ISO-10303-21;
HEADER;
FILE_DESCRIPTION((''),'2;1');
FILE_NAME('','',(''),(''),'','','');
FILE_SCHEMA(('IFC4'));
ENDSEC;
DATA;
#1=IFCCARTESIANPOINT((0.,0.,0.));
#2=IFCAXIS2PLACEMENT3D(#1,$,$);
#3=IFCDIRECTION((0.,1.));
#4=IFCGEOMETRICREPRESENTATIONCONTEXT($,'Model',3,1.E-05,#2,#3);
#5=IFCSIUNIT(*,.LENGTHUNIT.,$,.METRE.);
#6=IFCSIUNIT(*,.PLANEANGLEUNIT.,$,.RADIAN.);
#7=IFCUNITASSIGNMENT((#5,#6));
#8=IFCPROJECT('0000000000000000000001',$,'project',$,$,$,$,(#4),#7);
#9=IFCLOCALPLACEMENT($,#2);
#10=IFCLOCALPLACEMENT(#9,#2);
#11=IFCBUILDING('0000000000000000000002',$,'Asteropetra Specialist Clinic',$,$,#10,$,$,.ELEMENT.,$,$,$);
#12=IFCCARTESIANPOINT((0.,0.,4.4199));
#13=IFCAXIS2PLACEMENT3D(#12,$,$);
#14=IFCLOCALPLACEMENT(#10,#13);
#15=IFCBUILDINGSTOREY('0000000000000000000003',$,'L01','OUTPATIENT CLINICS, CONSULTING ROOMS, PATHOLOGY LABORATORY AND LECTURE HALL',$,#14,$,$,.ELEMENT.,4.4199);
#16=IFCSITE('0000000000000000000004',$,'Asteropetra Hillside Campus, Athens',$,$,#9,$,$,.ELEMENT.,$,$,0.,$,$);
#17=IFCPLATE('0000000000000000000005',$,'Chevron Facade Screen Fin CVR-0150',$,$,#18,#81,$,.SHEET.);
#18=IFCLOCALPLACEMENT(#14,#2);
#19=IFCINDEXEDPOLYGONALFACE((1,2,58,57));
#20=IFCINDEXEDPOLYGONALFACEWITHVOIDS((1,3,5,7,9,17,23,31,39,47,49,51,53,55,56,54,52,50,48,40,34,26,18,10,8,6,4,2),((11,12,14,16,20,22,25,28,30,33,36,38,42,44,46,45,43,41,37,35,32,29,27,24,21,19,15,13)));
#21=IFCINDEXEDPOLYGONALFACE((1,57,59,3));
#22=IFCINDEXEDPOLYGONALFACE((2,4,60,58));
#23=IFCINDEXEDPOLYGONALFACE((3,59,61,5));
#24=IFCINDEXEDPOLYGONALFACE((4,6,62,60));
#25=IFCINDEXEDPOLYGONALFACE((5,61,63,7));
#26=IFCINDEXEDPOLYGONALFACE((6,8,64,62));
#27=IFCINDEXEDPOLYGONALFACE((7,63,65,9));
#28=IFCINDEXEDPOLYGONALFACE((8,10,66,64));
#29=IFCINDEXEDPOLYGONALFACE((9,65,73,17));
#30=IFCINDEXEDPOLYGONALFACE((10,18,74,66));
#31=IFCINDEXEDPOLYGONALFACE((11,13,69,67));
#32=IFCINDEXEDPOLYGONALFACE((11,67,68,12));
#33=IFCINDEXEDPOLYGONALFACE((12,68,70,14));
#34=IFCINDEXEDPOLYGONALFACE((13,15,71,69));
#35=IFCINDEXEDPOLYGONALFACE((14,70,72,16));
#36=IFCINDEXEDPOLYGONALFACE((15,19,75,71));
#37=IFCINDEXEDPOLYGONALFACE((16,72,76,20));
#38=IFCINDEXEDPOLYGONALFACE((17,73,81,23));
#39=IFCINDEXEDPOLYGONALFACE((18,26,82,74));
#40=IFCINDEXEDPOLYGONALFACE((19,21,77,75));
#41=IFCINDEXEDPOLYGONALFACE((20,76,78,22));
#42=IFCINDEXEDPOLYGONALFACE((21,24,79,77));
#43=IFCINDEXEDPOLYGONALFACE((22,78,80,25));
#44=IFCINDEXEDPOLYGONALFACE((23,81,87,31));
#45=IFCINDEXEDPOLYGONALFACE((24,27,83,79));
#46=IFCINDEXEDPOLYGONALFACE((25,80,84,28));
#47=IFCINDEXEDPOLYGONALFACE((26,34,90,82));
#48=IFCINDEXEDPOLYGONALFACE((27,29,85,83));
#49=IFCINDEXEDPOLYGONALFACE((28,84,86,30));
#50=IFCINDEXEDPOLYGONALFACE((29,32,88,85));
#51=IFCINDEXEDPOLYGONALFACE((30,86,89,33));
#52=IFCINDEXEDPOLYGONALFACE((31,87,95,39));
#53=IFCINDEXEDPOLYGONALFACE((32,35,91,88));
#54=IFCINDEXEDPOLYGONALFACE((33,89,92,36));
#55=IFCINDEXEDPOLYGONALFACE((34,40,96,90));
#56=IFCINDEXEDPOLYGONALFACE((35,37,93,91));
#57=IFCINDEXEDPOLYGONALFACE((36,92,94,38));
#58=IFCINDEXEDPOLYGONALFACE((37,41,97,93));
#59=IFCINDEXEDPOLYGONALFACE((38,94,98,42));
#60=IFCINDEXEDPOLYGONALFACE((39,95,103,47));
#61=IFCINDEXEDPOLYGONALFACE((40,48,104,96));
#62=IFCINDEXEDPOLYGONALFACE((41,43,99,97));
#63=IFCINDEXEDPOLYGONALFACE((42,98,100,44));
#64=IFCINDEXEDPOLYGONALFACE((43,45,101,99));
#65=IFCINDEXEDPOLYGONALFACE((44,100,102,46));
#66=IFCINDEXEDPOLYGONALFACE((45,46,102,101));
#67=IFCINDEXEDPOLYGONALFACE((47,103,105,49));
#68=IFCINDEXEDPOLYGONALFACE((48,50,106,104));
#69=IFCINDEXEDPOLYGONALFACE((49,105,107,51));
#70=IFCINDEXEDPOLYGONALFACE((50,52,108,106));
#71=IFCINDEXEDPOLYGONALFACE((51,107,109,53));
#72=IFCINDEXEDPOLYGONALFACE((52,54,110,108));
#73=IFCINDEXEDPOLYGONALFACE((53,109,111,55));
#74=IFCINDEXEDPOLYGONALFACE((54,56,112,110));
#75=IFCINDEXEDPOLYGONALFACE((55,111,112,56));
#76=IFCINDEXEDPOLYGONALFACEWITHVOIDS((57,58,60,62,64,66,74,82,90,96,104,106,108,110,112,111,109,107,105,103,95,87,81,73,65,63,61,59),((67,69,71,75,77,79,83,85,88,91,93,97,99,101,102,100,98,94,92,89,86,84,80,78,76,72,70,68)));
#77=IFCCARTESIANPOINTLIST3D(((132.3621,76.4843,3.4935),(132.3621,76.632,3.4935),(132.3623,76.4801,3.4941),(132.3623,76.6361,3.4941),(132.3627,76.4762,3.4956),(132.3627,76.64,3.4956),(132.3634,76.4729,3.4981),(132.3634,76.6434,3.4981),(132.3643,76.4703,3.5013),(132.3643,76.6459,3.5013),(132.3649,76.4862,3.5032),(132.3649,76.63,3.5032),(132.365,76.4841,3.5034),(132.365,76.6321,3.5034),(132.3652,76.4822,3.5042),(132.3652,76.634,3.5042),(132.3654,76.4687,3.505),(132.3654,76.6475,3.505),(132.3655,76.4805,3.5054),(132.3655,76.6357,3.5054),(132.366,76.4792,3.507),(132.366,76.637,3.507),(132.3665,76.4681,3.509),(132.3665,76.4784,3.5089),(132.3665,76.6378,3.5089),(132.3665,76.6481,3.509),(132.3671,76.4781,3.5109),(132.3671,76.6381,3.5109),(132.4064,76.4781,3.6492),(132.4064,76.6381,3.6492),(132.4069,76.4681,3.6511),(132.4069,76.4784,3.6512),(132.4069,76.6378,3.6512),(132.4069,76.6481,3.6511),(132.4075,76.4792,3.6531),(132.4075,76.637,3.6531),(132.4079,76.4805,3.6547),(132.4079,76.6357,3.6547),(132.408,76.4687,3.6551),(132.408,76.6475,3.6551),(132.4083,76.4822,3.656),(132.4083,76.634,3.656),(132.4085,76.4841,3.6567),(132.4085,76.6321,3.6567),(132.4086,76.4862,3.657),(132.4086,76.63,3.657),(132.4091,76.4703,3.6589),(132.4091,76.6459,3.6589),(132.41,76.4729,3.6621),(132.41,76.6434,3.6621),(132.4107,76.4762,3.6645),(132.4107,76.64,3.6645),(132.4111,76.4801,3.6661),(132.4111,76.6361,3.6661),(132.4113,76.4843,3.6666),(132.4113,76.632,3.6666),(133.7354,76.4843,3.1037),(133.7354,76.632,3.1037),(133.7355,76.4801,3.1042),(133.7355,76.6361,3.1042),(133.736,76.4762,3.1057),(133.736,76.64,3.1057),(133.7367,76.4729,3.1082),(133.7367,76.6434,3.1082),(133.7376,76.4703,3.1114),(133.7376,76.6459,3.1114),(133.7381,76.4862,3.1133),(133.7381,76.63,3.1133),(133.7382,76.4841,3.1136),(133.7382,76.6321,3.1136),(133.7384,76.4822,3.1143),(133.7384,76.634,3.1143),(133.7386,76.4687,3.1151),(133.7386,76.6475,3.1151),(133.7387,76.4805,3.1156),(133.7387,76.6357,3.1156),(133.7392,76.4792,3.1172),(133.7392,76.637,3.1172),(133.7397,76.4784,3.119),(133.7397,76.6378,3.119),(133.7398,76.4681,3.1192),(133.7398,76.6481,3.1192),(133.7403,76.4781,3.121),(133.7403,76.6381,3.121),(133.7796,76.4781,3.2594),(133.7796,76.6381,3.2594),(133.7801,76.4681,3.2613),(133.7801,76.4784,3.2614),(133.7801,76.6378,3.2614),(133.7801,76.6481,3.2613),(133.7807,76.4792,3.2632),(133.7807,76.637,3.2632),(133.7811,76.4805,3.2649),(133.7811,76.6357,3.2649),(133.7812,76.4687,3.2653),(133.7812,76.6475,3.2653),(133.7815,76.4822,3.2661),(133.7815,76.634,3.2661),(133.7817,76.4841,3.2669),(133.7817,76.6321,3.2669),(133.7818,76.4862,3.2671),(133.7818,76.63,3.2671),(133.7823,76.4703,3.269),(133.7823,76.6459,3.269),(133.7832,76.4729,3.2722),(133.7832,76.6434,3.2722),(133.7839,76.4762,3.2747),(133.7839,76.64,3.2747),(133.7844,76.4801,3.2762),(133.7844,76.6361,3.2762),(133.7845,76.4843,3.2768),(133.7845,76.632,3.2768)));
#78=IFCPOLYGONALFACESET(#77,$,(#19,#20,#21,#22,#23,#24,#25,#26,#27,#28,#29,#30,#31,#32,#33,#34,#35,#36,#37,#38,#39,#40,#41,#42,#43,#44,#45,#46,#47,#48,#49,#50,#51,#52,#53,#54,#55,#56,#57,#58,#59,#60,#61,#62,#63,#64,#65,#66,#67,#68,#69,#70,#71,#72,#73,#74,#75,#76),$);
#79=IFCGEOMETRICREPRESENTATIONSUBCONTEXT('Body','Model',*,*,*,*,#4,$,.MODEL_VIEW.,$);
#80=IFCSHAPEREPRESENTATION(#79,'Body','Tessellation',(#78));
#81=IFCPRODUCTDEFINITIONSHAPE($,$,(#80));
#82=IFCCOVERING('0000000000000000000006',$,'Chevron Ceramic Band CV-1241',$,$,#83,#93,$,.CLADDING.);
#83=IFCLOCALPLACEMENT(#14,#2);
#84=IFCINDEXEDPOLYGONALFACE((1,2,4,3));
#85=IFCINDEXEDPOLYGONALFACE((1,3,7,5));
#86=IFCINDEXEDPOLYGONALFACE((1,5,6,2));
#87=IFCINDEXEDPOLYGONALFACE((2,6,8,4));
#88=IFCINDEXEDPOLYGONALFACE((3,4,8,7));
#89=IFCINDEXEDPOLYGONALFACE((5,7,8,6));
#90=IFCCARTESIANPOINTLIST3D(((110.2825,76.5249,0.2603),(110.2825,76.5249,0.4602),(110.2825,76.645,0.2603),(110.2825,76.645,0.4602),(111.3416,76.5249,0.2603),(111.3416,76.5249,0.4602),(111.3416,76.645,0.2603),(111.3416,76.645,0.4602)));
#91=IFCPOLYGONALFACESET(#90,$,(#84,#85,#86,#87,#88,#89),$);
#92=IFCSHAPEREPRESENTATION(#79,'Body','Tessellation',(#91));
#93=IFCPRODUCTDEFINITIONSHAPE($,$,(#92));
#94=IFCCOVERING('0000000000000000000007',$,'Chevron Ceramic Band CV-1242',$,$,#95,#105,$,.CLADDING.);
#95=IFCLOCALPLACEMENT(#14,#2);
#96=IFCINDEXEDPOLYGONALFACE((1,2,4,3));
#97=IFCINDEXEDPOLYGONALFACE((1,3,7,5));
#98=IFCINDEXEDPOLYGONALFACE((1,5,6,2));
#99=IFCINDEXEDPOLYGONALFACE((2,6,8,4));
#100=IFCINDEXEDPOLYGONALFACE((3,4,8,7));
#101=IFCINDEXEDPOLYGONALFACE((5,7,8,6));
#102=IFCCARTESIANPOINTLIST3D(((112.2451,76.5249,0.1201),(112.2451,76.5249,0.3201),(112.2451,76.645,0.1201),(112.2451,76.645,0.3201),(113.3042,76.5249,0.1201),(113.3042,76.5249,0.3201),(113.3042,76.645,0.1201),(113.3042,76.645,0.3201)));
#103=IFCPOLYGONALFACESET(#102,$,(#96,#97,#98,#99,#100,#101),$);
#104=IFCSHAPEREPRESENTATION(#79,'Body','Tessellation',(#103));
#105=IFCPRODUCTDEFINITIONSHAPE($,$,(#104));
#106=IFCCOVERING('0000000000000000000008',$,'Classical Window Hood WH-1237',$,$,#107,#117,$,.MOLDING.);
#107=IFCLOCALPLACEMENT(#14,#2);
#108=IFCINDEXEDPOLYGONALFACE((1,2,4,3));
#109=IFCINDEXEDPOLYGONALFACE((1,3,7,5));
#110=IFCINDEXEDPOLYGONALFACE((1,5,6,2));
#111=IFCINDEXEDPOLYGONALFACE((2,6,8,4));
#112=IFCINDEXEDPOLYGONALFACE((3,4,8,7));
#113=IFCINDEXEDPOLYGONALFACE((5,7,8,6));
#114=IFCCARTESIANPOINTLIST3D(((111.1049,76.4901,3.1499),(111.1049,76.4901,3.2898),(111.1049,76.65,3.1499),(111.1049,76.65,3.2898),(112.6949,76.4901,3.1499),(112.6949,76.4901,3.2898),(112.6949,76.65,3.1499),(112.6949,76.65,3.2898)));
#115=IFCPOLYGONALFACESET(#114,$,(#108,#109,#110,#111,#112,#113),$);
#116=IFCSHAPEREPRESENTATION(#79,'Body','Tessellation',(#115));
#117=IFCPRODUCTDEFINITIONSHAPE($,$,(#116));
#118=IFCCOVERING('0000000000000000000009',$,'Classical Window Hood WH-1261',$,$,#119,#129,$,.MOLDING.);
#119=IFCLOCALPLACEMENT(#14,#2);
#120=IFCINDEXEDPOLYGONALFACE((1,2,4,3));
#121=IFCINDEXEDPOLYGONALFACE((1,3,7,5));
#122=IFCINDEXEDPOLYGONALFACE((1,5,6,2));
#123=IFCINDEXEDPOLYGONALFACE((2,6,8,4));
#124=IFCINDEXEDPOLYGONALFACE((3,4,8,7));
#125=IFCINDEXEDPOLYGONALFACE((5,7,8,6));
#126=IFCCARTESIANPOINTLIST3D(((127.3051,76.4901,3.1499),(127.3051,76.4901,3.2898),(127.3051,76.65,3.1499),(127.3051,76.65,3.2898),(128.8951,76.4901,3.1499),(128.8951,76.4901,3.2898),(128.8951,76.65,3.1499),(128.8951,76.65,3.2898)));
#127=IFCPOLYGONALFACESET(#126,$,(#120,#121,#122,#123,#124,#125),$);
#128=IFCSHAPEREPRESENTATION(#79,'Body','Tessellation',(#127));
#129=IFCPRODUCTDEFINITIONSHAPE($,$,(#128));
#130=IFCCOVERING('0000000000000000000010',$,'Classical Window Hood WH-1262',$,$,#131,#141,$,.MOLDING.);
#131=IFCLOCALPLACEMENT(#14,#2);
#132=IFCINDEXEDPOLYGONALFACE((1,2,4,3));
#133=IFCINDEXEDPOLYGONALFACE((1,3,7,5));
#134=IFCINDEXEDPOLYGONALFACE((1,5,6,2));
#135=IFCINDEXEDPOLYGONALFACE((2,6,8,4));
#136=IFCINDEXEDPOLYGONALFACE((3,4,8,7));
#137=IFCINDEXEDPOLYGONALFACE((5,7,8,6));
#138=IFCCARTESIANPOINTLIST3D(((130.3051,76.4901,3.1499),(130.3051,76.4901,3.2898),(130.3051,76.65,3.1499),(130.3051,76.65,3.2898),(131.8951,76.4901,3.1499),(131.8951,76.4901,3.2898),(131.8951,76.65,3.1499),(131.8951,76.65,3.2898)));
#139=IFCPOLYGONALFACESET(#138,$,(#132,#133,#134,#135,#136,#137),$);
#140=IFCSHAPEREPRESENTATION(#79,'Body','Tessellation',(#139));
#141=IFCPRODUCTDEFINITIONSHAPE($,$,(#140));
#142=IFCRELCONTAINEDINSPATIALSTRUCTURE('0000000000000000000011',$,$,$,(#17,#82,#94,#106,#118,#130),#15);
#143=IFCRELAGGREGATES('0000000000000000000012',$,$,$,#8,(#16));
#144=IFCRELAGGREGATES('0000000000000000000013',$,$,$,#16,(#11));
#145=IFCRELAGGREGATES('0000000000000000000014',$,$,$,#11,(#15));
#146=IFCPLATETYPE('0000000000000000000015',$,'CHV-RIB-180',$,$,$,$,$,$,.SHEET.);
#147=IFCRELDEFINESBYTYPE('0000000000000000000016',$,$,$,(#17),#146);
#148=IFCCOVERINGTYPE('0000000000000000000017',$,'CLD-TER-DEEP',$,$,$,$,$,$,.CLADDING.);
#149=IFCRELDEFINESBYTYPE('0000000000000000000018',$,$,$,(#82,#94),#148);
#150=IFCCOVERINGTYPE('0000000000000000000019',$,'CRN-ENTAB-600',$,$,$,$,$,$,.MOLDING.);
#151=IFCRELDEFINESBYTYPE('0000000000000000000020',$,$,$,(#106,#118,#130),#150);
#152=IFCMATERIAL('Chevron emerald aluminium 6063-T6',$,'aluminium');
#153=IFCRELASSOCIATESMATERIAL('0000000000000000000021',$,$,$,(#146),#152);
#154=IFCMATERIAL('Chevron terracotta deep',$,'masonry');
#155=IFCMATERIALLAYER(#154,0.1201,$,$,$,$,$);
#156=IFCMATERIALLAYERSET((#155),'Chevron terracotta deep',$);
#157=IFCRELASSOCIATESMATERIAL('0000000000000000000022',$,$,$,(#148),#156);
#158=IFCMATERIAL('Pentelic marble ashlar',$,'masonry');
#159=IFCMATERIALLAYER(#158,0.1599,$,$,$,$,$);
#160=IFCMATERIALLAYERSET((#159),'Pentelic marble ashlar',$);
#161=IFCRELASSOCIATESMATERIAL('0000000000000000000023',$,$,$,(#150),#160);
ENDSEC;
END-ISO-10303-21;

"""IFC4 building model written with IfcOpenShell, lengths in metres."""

from ifc_helpers import new_model, si_unit, direction, frame, origin, origin_2d, place, context, subcontext, project, spatial, rectangle, hollow_rectangle, extrude, material, layer, layer_set, material_profile, profile_set, type_object, element, save


model = new_model("IFC4")

# Units and contexts
model_context = context("Model", 3, precision=1e-05, world=origin(), true_north=direction((0.0, 1.0)))
body_context = subcontext(model_context, "Body", "Model", "MODEL_VIEW")
ifc_project = project(units=[si_unit("LENGTHUNIT", "METRE"), si_unit("PLANEANGLEUNIT", "RADIAN")], contexts=[model_context])

# Site, building, storey
site_placement = place(None, origin())
site = spatial("IfcSite", under=ifc_project, at=site_placement, Name="Asteropetra Hillside Campus, Athens", CompositionType="ELEMENT", RefElevation=0.0)
building_placement = place(site_placement, origin())
building = spatial("IfcBuilding", under=site, at=building_placement, Name="Asteropetra Specialist Clinic", CompositionType="ELEMENT")
storey_placement = place(building_placement, frame((0.0, 0.0, 4.4199)))
storey = spatial("IfcBuildingStorey", under=building, at=storey_placement, Name="L01", Description="OUTPATIENT CLINICS, CONSULTING ROOMS, PATHOLOGY LABORATORY AND LECTURE HALL", CompositionType="ELEMENT", Elevation=4.4199)

# Plate
ifc_material_1 = material(Name="Chevron emerald aluminium 6063-T6", Category="aluminium")
ifc_material_profile = material_profile(ifc_material_1, hollow_rectangle(XDim=0.1799, YDim=0.1799, WallThickness=0.01, InnerFilletRadius=0.0081, OuterFilletRadius=0.0161, at=origin_2d()), Name="SHS 180x180x10.0")
ifc_profile_set = profile_set([ifc_material_profile], Name="Chevron emerald aluminium 6063-T6")
plate_type = type_object("IfcPlateType", Name="CHV-RIB-180", PredefinedType="SHEET", material=ifc_profile_set)
plate_1_placement = place(storey_placement, frame((132.3867, 76.5581, 3.5801), z_axis=(0.961981, 0.0, -0.273117), x_axis=(0.0, 1.0, 0.0)))
element("IfcPlate", 1, at=plate_1_placement, inside=storey, type_object=plate_type, Name="Chevron Facade Screen Fin CVR-0150", PredefinedType="SHEET", context=body_context, shape_type="SweptSolid", body=[
    extrude(hollow_rectangle(XDim=0.1799, YDim=0.1799, WallThickness=0.01, InnerFilletRadius=0.0081, OuterFilletRadius=0.0161, at=origin_2d()), origin(), (0.0, 0.0, 1.0), 1.4275),
])

# Coverings
ifc_material_2 = material(Name="Chevron terracotta deep", Category="masonry")
ifc_layer_1 = layer(ifc_material_2, 0.1201)
ifc_layer_set_1 = layer_set([ifc_layer_1], Name="Chevron terracotta deep")
covering_type_1 = type_object("IfcCoveringType", Name="CLD-TER-DEEP", PredefinedType="CLADDING", material=ifc_layer_set_1)
for number, where, z_axis, x_axis, name in (
    (2, (110.812, 76.585, 0.2603), (0.0, 0.0, 1.0), (1.0, 0.0, 0.0), "Chevron Ceramic Band CV-1241"),
    (3, (112.7747, 76.585, 0.1201), (0.0, 0.0, 1.0), (1.0, 0.0, 0.0), "Chevron Ceramic Band CV-1242"),
):
    element("IfcCovering", number, at=place(storey_placement, frame(where, z_axis=z_axis, x_axis=x_axis)), inside=storey, type_object=covering_type_1, Name=name, PredefinedType="CLADDING", context=body_context, shape_type="SweptSolid", body=[
        extrude(rectangle(XDim=1.0591, YDim=0.1201, at=origin_2d()), origin(), (0.0, 0.0, 1.0), 0.2),
    ])
ifc_material_3 = material(Name="Pentelic marble ashlar", Category="masonry")
ifc_layer_2 = layer(ifc_material_3, 0.1599)
ifc_layer_set_2 = layer_set([ifc_layer_2], Name="Pentelic marble ashlar")
covering_type_2 = type_object("IfcCoveringType", Name="CRN-ENTAB-600", PredefinedType="MOLDING", material=ifc_layer_set_2)
for number, where, z_axis, x_axis, name in (
    (4, (111.8999, 76.5701, 3.1499), (0.0, 0.0, 1.0), (1.0, 0.0, 0.0), "Classical Window Hood WH-1237"),
    (5, (128.1001, 76.5701, 3.1499), (0.0, 0.0, 1.0), (1.0, 0.0, 0.0), "Classical Window Hood WH-1261"),
    (6, (131.1001, 76.5701, 3.1499), (0.0, 0.0, 1.0), (1.0, 0.0, 0.0), "Classical Window Hood WH-1262"),
):
    element("IfcCovering", number, at=place(storey_placement, frame(where, z_axis=z_axis, x_axis=x_axis)), inside=storey, type_object=covering_type_2, Name=name, PredefinedType="MOLDING", context=body_context, shape_type="SweptSolid", body=[
        extrude(rectangle(XDim=1.5901, YDim=0.1599, at=origin_2d()), origin(), (0.0, 0.0, 1.0), 0.1399),
    ])

save(model, "model.ifc")
